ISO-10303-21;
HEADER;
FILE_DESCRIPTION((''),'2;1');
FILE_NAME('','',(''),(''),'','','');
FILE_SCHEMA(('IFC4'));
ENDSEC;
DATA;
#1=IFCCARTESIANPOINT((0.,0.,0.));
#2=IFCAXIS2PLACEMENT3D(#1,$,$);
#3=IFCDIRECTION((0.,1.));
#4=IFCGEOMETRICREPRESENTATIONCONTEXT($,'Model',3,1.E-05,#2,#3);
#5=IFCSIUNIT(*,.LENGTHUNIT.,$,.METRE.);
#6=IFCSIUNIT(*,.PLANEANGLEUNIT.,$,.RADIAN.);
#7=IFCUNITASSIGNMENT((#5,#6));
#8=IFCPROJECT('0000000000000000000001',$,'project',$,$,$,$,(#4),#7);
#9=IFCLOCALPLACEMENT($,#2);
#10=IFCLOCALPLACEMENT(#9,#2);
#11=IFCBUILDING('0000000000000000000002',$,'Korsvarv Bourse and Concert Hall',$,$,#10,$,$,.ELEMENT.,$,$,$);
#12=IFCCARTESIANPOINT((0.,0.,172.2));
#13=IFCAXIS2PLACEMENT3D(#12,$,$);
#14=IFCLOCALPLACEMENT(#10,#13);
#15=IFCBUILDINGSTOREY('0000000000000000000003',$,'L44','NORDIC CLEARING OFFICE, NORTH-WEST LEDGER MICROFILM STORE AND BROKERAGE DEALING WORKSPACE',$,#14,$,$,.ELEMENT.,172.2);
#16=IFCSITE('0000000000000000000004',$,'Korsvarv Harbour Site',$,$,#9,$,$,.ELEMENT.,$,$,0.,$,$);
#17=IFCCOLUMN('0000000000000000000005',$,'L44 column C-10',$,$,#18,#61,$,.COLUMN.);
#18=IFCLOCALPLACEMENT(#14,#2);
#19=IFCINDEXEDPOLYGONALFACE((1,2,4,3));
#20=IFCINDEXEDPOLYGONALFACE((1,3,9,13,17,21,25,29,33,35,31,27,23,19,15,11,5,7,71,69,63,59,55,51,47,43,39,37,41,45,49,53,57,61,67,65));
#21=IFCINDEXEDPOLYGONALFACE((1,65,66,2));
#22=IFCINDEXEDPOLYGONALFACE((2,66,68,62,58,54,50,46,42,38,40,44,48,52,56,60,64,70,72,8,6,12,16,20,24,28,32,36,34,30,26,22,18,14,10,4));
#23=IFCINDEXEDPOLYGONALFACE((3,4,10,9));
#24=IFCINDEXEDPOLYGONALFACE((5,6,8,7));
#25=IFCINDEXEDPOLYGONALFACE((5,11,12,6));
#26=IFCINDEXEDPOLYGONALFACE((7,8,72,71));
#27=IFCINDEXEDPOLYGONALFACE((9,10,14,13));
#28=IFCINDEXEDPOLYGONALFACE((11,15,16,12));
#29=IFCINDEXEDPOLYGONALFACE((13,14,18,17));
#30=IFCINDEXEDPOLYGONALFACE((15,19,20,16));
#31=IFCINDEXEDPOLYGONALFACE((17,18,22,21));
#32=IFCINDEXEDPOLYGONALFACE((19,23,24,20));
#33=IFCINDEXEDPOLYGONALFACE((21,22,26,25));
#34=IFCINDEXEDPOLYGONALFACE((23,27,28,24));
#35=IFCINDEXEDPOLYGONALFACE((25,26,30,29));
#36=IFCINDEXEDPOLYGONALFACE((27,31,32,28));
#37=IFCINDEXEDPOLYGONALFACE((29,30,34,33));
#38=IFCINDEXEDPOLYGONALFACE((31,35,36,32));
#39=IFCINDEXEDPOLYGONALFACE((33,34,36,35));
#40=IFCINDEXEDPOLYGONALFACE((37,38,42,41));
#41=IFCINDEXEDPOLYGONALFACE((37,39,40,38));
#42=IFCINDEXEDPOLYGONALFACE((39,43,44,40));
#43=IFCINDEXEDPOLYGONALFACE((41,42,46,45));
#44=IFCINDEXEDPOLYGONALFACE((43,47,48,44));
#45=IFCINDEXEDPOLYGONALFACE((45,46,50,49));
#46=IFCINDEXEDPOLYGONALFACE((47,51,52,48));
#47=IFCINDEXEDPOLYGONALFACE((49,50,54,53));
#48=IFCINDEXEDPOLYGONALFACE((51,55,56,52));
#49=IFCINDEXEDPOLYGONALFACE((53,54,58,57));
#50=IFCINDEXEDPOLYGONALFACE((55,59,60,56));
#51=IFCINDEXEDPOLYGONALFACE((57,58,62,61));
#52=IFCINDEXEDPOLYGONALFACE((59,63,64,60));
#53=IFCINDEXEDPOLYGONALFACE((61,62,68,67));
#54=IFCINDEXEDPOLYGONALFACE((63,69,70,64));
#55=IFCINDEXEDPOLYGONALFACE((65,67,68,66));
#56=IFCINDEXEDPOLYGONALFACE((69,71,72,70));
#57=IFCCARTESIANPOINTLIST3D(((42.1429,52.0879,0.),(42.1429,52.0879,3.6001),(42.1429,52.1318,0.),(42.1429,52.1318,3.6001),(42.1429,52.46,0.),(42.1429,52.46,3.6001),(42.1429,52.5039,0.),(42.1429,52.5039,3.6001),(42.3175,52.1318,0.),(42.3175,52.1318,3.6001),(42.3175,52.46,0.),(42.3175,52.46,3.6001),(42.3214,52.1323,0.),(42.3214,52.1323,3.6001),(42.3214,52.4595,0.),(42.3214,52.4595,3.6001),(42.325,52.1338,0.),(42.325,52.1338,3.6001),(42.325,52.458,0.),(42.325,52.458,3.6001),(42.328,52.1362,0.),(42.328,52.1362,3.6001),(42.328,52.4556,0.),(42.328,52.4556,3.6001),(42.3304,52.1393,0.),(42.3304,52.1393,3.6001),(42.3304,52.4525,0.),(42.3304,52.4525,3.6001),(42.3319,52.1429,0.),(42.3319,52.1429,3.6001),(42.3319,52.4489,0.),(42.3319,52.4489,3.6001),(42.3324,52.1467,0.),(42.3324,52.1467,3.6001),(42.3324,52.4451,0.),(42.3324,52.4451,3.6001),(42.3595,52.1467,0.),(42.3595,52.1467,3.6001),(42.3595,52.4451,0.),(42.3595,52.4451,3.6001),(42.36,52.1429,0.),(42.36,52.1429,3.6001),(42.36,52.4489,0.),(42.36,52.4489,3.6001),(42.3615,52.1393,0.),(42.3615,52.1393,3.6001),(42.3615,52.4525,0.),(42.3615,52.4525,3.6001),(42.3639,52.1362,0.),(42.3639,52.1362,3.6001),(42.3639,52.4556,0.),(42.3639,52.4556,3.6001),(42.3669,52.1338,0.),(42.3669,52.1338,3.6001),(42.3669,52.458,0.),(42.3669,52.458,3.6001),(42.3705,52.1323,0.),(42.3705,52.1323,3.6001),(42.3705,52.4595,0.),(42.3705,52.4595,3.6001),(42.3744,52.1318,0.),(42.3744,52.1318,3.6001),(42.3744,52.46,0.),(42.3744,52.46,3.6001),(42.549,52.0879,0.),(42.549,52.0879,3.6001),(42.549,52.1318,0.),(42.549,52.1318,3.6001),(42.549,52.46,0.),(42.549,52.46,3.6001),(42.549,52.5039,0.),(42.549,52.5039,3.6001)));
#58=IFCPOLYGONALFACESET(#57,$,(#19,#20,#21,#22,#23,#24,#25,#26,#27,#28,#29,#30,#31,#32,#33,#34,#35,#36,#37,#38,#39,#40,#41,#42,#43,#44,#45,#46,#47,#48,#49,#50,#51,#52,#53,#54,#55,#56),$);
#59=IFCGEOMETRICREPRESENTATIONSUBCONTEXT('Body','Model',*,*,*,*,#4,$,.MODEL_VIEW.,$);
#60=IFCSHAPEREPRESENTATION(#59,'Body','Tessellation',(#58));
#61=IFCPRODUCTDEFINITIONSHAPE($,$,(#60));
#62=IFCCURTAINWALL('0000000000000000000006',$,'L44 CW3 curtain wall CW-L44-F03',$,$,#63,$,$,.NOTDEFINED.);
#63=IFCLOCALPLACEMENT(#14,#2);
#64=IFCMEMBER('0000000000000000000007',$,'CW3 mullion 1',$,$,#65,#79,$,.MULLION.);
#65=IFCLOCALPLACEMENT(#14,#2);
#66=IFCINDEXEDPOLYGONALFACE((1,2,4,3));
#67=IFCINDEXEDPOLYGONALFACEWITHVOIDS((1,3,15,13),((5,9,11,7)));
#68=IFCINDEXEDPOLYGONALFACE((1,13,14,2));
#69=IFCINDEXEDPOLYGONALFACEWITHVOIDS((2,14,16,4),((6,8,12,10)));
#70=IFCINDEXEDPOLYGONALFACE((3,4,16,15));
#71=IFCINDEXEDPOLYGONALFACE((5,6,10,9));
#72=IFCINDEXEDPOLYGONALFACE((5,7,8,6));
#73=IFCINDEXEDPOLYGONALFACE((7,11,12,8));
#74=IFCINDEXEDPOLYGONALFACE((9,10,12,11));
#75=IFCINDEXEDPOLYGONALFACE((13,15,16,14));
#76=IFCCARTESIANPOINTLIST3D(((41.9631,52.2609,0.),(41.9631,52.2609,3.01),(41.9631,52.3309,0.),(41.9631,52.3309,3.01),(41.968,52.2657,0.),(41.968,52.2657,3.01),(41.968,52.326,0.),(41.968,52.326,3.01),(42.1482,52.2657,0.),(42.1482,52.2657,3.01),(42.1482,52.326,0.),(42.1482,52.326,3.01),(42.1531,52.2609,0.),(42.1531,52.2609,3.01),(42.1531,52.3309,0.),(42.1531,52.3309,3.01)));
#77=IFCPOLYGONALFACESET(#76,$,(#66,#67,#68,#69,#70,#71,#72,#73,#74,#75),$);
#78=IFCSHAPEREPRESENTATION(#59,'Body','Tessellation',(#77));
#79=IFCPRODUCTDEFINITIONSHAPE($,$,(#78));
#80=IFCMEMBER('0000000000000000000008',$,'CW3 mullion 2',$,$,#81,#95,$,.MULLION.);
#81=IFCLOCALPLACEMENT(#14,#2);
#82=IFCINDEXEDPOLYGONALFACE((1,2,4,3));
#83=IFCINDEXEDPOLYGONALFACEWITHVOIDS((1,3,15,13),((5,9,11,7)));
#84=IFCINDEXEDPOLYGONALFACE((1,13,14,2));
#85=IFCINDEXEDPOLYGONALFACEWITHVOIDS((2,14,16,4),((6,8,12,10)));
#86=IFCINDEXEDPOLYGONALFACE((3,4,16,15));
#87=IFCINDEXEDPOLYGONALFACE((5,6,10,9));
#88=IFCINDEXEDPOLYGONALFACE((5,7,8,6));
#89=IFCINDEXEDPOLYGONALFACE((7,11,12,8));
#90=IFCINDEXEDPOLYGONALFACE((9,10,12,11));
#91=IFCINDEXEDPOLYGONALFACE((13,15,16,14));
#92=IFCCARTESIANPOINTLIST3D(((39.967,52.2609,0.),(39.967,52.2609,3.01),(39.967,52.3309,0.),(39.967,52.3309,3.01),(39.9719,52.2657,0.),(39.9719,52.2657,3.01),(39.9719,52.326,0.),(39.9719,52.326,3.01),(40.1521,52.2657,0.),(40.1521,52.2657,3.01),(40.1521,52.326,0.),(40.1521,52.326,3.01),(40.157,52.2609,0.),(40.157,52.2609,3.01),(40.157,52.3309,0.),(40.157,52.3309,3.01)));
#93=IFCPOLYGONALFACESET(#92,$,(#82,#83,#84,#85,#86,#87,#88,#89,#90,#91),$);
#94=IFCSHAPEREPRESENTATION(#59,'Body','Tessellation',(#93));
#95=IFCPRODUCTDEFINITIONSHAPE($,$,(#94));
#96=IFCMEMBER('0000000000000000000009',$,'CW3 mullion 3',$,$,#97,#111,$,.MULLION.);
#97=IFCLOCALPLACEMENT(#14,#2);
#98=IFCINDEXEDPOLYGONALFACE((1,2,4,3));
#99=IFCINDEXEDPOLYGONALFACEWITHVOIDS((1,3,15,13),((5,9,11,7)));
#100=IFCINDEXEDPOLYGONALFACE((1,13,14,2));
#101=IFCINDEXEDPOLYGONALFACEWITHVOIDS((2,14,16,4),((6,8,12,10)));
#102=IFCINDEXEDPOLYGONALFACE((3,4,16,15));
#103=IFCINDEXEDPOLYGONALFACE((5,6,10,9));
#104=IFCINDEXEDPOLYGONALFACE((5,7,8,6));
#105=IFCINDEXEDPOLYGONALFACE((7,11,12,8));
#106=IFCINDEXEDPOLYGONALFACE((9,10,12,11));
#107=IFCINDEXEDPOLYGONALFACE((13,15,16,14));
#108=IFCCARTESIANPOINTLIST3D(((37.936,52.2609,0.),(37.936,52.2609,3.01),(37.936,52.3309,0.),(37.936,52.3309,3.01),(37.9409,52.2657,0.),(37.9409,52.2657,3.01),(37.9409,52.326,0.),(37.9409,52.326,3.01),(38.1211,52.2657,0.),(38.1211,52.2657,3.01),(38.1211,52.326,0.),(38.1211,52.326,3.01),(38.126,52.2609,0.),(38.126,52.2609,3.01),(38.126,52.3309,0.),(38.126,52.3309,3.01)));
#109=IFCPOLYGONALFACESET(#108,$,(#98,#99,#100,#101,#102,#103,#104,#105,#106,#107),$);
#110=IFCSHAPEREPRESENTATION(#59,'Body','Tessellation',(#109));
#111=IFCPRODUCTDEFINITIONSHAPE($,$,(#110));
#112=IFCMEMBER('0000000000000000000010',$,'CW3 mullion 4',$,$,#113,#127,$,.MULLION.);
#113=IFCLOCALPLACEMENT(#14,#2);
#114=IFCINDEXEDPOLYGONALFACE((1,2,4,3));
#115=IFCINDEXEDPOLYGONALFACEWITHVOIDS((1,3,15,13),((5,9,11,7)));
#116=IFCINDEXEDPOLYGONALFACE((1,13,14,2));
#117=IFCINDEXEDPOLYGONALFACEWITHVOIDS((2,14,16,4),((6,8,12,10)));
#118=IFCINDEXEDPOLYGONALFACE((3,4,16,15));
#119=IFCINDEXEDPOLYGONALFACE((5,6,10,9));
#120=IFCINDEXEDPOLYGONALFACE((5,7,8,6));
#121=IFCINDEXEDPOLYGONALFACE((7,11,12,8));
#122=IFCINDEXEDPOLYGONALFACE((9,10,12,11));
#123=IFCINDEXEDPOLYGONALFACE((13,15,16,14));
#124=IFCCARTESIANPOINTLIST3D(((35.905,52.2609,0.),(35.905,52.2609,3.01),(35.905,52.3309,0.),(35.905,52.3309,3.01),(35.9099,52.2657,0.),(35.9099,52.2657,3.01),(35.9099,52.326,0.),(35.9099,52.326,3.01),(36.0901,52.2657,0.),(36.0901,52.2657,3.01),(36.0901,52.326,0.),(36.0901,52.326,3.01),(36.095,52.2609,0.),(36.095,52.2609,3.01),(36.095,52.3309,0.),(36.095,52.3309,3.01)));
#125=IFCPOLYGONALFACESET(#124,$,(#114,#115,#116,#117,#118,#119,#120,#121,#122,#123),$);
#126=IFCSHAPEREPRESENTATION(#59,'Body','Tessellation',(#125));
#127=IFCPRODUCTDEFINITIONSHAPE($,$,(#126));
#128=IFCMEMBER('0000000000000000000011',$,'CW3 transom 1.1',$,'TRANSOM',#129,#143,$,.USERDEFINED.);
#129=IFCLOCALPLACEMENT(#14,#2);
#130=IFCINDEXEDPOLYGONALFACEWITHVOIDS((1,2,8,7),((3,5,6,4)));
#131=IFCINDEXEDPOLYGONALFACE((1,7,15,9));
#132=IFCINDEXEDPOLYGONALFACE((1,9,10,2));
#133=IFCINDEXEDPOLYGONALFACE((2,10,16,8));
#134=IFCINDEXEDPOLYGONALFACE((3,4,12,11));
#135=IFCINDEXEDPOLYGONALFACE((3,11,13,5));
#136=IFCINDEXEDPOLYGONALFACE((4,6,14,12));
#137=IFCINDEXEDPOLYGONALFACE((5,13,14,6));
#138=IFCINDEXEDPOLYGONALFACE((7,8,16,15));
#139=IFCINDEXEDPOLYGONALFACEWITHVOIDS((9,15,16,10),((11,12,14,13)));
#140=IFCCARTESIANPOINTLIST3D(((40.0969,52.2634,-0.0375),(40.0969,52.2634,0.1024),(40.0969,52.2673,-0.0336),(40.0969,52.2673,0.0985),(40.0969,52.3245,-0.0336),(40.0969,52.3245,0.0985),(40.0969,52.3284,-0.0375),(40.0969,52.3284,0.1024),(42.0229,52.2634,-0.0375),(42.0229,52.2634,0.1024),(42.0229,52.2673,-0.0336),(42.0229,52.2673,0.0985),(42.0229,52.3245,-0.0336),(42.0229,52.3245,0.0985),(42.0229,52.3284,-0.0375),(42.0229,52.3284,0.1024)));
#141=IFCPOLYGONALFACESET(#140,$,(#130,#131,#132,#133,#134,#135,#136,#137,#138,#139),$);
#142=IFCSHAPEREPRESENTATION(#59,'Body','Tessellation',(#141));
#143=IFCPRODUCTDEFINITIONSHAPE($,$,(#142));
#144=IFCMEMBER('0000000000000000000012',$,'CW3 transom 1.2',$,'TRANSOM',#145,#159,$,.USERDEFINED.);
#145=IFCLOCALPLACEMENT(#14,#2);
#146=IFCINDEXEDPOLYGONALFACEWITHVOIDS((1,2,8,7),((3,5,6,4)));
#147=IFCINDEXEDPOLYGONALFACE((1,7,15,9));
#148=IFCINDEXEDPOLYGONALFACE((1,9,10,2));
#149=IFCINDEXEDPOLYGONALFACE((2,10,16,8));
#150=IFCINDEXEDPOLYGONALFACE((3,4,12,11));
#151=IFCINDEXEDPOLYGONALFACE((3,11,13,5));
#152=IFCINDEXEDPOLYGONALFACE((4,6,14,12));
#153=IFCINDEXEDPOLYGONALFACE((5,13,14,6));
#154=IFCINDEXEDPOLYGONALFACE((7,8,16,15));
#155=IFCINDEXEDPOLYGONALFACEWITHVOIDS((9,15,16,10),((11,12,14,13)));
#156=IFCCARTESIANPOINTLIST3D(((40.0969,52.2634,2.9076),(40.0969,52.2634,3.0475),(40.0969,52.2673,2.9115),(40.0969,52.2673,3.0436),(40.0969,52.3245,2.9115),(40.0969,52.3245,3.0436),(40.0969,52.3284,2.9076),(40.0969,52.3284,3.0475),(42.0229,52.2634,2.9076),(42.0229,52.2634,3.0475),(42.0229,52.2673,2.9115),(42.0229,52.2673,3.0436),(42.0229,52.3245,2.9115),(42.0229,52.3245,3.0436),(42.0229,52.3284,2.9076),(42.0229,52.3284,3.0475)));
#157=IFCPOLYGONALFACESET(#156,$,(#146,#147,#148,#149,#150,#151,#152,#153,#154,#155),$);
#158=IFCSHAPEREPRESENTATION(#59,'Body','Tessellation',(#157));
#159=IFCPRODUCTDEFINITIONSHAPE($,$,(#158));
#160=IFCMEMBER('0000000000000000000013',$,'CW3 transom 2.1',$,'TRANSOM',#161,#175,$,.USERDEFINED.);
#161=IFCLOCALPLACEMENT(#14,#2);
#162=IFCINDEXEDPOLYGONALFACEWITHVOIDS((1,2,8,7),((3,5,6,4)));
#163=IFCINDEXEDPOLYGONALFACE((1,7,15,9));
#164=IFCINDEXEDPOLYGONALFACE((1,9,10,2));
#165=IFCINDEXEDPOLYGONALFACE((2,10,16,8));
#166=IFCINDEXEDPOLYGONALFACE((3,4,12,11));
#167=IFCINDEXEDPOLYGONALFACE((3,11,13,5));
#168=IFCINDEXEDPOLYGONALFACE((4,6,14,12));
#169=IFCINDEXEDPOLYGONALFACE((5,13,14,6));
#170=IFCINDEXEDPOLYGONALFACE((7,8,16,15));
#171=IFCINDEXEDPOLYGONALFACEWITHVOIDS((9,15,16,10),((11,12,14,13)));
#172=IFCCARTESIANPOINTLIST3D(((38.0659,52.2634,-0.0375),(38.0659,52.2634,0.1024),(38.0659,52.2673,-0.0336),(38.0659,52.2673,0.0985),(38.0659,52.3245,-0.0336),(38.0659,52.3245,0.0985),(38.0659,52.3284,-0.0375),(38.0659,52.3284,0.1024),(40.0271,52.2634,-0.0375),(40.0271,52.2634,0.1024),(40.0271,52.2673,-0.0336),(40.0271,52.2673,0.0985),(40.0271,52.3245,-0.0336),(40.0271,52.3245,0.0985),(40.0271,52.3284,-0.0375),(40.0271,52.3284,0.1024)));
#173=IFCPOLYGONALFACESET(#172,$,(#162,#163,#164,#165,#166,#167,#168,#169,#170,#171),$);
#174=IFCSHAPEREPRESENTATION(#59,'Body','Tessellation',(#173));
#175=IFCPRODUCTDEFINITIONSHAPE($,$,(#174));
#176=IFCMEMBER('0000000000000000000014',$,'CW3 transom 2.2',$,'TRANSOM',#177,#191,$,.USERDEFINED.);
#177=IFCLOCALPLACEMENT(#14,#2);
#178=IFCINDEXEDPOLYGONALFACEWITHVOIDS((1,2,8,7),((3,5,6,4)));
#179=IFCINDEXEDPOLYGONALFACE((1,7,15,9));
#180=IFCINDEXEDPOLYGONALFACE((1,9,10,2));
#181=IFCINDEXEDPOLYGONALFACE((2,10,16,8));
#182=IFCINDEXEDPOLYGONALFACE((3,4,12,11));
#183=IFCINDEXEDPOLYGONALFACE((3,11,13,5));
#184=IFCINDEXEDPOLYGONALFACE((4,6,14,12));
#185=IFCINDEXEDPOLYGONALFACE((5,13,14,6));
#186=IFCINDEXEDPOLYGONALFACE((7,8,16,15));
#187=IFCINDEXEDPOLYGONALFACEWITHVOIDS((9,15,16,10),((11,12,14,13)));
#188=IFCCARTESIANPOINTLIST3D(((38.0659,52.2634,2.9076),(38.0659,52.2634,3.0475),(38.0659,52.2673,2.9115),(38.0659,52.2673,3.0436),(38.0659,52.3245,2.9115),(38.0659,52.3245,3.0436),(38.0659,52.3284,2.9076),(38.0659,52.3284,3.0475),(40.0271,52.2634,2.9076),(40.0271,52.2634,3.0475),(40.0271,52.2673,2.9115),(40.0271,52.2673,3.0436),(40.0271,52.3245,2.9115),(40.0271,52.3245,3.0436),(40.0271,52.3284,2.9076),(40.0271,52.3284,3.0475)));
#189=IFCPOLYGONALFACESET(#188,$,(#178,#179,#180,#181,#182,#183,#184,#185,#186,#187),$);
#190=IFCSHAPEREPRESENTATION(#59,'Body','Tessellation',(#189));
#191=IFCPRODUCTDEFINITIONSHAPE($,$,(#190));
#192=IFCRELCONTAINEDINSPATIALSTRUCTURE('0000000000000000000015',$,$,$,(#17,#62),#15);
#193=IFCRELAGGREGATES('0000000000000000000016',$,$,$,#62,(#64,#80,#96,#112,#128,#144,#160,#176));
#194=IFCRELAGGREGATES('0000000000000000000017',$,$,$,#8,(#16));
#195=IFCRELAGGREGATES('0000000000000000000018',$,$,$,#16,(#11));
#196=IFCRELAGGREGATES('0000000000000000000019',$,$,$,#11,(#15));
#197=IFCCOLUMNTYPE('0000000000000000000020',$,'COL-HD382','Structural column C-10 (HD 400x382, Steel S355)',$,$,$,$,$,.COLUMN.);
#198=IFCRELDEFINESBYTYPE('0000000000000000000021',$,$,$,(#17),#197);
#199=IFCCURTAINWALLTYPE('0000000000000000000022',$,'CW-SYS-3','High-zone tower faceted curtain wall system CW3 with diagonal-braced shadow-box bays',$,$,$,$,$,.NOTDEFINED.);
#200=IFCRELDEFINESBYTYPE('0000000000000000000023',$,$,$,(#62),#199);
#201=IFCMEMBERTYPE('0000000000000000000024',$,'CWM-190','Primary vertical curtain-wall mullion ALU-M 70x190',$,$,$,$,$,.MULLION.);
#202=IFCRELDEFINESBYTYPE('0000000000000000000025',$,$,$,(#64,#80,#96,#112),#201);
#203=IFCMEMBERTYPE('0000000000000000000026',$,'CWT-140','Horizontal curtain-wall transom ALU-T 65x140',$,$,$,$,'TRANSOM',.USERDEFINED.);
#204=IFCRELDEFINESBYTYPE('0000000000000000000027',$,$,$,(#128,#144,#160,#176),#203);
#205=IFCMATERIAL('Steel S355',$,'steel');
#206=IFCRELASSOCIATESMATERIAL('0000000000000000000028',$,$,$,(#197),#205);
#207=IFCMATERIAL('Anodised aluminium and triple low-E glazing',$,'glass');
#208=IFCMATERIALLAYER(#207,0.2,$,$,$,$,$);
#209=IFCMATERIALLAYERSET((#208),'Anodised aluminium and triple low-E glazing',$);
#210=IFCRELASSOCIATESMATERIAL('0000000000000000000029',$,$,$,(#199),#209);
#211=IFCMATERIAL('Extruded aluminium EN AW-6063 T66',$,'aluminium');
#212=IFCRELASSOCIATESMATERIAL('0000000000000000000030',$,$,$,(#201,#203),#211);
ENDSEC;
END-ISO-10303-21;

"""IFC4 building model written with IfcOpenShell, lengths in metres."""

from ifc_helpers import new_model, si_unit, direction, frame, origin, origin_2d, place, context, subcontext, project, spatial, hollow_rectangle, i_section, extrude, source, transform, mapped, material, layer, layer_set, material_profile, profile_set, type_object, element, aggregate, save


model = new_model("IFC4")

# Units and contexts
model_context = context("Model", 3, precision=1e-05, world=origin(), true_north=direction((0.0, 1.0)))
body_context = subcontext(model_context, "Body", "Model", "MODEL_VIEW")
ifc_project = project(units=[si_unit("LENGTHUNIT", "METRE"), si_unit("PLANEANGLEUNIT", "RADIAN")], contexts=[model_context])

# Site, building, storey
site_placement = place(None, origin())
site = spatial("IfcSite", under=ifc_project, at=site_placement, Name="Korsvarv Harbour Site", CompositionType="ELEMENT", RefElevation=0.0)
building_placement = place(site_placement, origin())
building = spatial("IfcBuilding", under=site, at=building_placement, Name="Korsvarv Bourse and Concert Hall", CompositionType="ELEMENT")
storey_placement = place(building_placement, frame((0.0, 0.0, 172.2)))
storey = spatial("IfcBuildingStorey", under=building, at=storey_placement, Name="L44", Description="NORDIC CLEARING OFFICE, NORTH-WEST LEDGER MICROFILM STORE AND BROKERAGE DEALING WORKSPACE", CompositionType="ELEMENT", Elevation=172.2)

# Column
ifc_material_1 = material(Name="Steel S355", Category="steel")
ifc_material_profile_1 = material_profile(ifc_material_1, i_section(OverallWidth=0.406, OverallDepth=0.416, WebThickness=0.0271, FlangeThickness=0.0439, FilletRadius=0.0149, at=origin_2d()), Name="HD 400x382")
ifc_profile_set_1 = profile_set([ifc_material_profile_1], Name="Steel S355")
column_type = type_object("IfcColumnType", Name="COL-HD382", Description="Structural column C-10 (HD 400x382, Steel S355)", PredefinedType="COLUMN", material=ifc_profile_set_1)
shared_shape_1 = source(origin(), body_context, "Body", "SweptSolid", [
    extrude(i_section(OverallWidth=0.406, OverallDepth=0.416, WebThickness=0.0271, FlangeThickness=0.0439, FilletRadius=0.0149, at=origin_2d()), origin(), (0.0, 0.0, 1.0), 3.6001),
])
column_placement = place(storey_placement, frame((42.3459, 52.2959, 0.0), z_axis=(0.0, 0.0, 1.0), x_axis=(1.0, 0.0, 0.0)))
element("IfcColumn", 1, at=column_placement, inside=storey, type_object=column_type, Name="L44 column C-10", PredefinedType="COLUMN", context=body_context, shape_type="MappedRepresentation", body=[
    mapped(shared_shape_1, transform((0.0, 0.0, 0.0), scale=1.0)),
])

# Curtain wall, members
ifc_material_2 = material(Name="Anodised aluminium and triple low-E glazing", Category="glass")
ifc_layer_1 = layer(ifc_material_2, 0.2)
ifc_layer_set_1 = layer_set([ifc_layer_1], Name="Anodised aluminium and triple low-E glazing")
curtain_wall_type = type_object("IfcCurtainWallType", Name="CW-SYS-3", Description="High-zone tower faceted curtain wall system CW3 with diagonal-braced shadow-box bays", PredefinedType="NOTDEFINED", material=ifc_layer_set_1)
curtain_wall_placement = place(storey_placement, origin())
curtain_wall = element("IfcCurtainWall", 2, at=curtain_wall_placement, inside=storey, type_object=curtain_wall_type, Name="L44 CW3 curtain wall CW-L44-F03", PredefinedType="NOTDEFINED")
ifc_material_3 = material(Name="Extruded aluminium EN AW-6063 T66", Category="aluminium")
ifc_material_profile_2 = material_profile(ifc_material_3, hollow_rectangle(XDim=0.0701, YDim=0.1899, WallThickness=0.0049, at=origin_2d()), Name="ALU-M 70x190")
ifc_profile_set_2 = profile_set([ifc_material_profile_2], Name="Extruded aluminium EN AW-6063 T66")
member_type_1 = type_object("IfcMemberType", Name="CWM-190", Description="Primary vertical curtain-wall mullion ALU-M 70x190", PredefinedType="MULLION", material=ifc_profile_set_2)
shared_shape_2 = source(origin(), body_context, "Body", "SweptSolid", [
    extrude(hollow_rectangle(XDim=0.0701, YDim=0.1899, WallThickness=0.0049, at=origin_2d()), origin(), (0.0, 0.0, 1.0), 3.01),
])
member_1_placement = place(storey_placement, frame((42.0581, 52.2959, 0.0), z_axis=(0.0, 0.0, 1.0), x_axis=(0.0, -1.0, 0.0)))
member_1 = element("IfcMember", 3, at=member_1_placement, type_object=member_type_1, Name="CW3 mullion 1", PredefinedType="MULLION", context=body_context, shape_type="MappedRepresentation", body=[
    mapped(shared_shape_2, transform((0.0, 0.0, 0.0), scale=1.0)),
])
member_2_placement = place(storey_placement, frame((40.062, 52.2959, 0.0), z_axis=(0.0, 0.0, 1.0), x_axis=(0.0, -1.0, 0.0)))
member_2 = element("IfcMember", 4, at=member_2_placement, type_object=member_type_1, Name="CW3 mullion 2", PredefinedType="MULLION", context=body_context, shape_type="MappedRepresentation", body=[
    mapped(shared_shape_2, transform((0.0, 0.0, 0.0), scale=1.0)),
])
member_3_placement = place(storey_placement, frame((38.031, 52.2959, 0.0), z_axis=(0.0, 0.0, 1.0), x_axis=(0.0, -1.0, 0.0)))
member_3 = element("IfcMember", 5, at=member_3_placement, type_object=member_type_1, Name="CW3 mullion 3", PredefinedType="MULLION", context=body_context, shape_type="MappedRepresentation", body=[
    mapped(shared_shape_2, transform((0.0, 0.0, 0.0), scale=1.0)),
])
member_4_placement = place(storey_placement, frame((36.0, 52.2959, 0.0), z_axis=(0.0, 0.0, 1.0), x_axis=(0.0, -1.0, 0.0)))
member_4 = element("IfcMember", 6, at=member_4_placement, type_object=member_type_1, Name="CW3 mullion 4", PredefinedType="MULLION", context=body_context, shape_type="MappedRepresentation", body=[
    mapped(shared_shape_2, transform((0.0, 0.0, 0.0), scale=1.0)),
])
ifc_material_profile_3 = material_profile(ifc_material_3, hollow_rectangle(XDim=0.0649, YDim=0.1399, WallThickness=0.0039, at=origin_2d()), Name="ALU-T 65x140")
ifc_profile_set_3 = profile_set([ifc_material_profile_3], Name="Extruded aluminium EN AW-6063 T66")
member_type_2 = type_object("IfcMemberType", Name="CWT-140", Description="Horizontal curtain-wall transom ALU-T 65x140", ElementType="TRANSOM", PredefinedType="USERDEFINED", material=ifc_profile_set_3)
shared_shape_3 = source(origin(), body_context, "Body", "SweptSolid", [
    extrude(hollow_rectangle(XDim=0.0649, YDim=0.1399, WallThickness=0.0039, at=origin_2d()), origin(), (0.0, 0.0, 1.0), 1.926),
])
member_5_placement = place(storey_placement, frame((42.0229, 52.2959, 0.0325), z_axis=(-1.0, 0.0, 0.0), x_axis=(0.0, -1.0, 0.0)))
member_5 = element("IfcMember", 7, at=member_5_placement, type_object=member_type_2, Name="CW3 transom 1.1", ObjectType="TRANSOM", PredefinedType="USERDEFINED", context=body_context, shape_type="MappedRepresentation", body=[
    mapped(shared_shape_3, transform((0.0, 0.0, 0.0), scale=1.0)),
])
member_6_placement = place(storey_placement, frame((42.0229, 52.2959, 2.9775), z_axis=(-1.0, 0.0, 0.0), x_axis=(0.0, -1.0, 0.0)))
member_6 = element("IfcMember", 8, at=member_6_placement, type_object=member_type_2, Name="CW3 transom 1.2", ObjectType="TRANSOM", PredefinedType="USERDEFINED", context=body_context, shape_type="MappedRepresentation", body=[
    mapped(shared_shape_3, transform((0.0, 0.0, 0.0), scale=1.0)),
])
shared_shape_4 = source(origin(), body_context, "Body", "SweptSolid", [
    extrude(hollow_rectangle(XDim=0.0649, YDim=0.1399, WallThickness=0.0039, at=origin_2d()), origin(), (0.0, 0.0, 1.0), 1.9612),
])
member_7_placement = place(storey_placement, frame((40.0271, 52.2959, 0.0325), z_axis=(-1.0, 0.0, 0.0), x_axis=(0.0, -1.0, 0.0)))
member_7 = element("IfcMember", 9, at=member_7_placement, type_object=member_type_2, Name="CW3 transom 2.1", ObjectType="TRANSOM", PredefinedType="USERDEFINED", context=body_context, shape_type="MappedRepresentation", body=[
    mapped(shared_shape_4, transform((0.0, 0.0, 0.0), scale=1.0)),
])
member_8_placement = place(storey_placement, frame((40.0271, 52.2959, 2.9775), z_axis=(-1.0, 0.0, 0.0), x_axis=(0.0, -1.0, 0.0)))
member_8 = element("IfcMember", 10, at=member_8_placement, type_object=member_type_2, Name="CW3 transom 2.2", ObjectType="TRANSOM", PredefinedType="USERDEFINED", context=body_context, shape_type="MappedRepresentation", body=[
    mapped(shared_shape_4, transform((0.0, 0.0, 0.0), scale=1.0)),
])
aggregate(curtain_wall, [member_1, member_2, member_3, member_4, member_5, member_6, member_7, member_8])

save(model, "model.ifc")
